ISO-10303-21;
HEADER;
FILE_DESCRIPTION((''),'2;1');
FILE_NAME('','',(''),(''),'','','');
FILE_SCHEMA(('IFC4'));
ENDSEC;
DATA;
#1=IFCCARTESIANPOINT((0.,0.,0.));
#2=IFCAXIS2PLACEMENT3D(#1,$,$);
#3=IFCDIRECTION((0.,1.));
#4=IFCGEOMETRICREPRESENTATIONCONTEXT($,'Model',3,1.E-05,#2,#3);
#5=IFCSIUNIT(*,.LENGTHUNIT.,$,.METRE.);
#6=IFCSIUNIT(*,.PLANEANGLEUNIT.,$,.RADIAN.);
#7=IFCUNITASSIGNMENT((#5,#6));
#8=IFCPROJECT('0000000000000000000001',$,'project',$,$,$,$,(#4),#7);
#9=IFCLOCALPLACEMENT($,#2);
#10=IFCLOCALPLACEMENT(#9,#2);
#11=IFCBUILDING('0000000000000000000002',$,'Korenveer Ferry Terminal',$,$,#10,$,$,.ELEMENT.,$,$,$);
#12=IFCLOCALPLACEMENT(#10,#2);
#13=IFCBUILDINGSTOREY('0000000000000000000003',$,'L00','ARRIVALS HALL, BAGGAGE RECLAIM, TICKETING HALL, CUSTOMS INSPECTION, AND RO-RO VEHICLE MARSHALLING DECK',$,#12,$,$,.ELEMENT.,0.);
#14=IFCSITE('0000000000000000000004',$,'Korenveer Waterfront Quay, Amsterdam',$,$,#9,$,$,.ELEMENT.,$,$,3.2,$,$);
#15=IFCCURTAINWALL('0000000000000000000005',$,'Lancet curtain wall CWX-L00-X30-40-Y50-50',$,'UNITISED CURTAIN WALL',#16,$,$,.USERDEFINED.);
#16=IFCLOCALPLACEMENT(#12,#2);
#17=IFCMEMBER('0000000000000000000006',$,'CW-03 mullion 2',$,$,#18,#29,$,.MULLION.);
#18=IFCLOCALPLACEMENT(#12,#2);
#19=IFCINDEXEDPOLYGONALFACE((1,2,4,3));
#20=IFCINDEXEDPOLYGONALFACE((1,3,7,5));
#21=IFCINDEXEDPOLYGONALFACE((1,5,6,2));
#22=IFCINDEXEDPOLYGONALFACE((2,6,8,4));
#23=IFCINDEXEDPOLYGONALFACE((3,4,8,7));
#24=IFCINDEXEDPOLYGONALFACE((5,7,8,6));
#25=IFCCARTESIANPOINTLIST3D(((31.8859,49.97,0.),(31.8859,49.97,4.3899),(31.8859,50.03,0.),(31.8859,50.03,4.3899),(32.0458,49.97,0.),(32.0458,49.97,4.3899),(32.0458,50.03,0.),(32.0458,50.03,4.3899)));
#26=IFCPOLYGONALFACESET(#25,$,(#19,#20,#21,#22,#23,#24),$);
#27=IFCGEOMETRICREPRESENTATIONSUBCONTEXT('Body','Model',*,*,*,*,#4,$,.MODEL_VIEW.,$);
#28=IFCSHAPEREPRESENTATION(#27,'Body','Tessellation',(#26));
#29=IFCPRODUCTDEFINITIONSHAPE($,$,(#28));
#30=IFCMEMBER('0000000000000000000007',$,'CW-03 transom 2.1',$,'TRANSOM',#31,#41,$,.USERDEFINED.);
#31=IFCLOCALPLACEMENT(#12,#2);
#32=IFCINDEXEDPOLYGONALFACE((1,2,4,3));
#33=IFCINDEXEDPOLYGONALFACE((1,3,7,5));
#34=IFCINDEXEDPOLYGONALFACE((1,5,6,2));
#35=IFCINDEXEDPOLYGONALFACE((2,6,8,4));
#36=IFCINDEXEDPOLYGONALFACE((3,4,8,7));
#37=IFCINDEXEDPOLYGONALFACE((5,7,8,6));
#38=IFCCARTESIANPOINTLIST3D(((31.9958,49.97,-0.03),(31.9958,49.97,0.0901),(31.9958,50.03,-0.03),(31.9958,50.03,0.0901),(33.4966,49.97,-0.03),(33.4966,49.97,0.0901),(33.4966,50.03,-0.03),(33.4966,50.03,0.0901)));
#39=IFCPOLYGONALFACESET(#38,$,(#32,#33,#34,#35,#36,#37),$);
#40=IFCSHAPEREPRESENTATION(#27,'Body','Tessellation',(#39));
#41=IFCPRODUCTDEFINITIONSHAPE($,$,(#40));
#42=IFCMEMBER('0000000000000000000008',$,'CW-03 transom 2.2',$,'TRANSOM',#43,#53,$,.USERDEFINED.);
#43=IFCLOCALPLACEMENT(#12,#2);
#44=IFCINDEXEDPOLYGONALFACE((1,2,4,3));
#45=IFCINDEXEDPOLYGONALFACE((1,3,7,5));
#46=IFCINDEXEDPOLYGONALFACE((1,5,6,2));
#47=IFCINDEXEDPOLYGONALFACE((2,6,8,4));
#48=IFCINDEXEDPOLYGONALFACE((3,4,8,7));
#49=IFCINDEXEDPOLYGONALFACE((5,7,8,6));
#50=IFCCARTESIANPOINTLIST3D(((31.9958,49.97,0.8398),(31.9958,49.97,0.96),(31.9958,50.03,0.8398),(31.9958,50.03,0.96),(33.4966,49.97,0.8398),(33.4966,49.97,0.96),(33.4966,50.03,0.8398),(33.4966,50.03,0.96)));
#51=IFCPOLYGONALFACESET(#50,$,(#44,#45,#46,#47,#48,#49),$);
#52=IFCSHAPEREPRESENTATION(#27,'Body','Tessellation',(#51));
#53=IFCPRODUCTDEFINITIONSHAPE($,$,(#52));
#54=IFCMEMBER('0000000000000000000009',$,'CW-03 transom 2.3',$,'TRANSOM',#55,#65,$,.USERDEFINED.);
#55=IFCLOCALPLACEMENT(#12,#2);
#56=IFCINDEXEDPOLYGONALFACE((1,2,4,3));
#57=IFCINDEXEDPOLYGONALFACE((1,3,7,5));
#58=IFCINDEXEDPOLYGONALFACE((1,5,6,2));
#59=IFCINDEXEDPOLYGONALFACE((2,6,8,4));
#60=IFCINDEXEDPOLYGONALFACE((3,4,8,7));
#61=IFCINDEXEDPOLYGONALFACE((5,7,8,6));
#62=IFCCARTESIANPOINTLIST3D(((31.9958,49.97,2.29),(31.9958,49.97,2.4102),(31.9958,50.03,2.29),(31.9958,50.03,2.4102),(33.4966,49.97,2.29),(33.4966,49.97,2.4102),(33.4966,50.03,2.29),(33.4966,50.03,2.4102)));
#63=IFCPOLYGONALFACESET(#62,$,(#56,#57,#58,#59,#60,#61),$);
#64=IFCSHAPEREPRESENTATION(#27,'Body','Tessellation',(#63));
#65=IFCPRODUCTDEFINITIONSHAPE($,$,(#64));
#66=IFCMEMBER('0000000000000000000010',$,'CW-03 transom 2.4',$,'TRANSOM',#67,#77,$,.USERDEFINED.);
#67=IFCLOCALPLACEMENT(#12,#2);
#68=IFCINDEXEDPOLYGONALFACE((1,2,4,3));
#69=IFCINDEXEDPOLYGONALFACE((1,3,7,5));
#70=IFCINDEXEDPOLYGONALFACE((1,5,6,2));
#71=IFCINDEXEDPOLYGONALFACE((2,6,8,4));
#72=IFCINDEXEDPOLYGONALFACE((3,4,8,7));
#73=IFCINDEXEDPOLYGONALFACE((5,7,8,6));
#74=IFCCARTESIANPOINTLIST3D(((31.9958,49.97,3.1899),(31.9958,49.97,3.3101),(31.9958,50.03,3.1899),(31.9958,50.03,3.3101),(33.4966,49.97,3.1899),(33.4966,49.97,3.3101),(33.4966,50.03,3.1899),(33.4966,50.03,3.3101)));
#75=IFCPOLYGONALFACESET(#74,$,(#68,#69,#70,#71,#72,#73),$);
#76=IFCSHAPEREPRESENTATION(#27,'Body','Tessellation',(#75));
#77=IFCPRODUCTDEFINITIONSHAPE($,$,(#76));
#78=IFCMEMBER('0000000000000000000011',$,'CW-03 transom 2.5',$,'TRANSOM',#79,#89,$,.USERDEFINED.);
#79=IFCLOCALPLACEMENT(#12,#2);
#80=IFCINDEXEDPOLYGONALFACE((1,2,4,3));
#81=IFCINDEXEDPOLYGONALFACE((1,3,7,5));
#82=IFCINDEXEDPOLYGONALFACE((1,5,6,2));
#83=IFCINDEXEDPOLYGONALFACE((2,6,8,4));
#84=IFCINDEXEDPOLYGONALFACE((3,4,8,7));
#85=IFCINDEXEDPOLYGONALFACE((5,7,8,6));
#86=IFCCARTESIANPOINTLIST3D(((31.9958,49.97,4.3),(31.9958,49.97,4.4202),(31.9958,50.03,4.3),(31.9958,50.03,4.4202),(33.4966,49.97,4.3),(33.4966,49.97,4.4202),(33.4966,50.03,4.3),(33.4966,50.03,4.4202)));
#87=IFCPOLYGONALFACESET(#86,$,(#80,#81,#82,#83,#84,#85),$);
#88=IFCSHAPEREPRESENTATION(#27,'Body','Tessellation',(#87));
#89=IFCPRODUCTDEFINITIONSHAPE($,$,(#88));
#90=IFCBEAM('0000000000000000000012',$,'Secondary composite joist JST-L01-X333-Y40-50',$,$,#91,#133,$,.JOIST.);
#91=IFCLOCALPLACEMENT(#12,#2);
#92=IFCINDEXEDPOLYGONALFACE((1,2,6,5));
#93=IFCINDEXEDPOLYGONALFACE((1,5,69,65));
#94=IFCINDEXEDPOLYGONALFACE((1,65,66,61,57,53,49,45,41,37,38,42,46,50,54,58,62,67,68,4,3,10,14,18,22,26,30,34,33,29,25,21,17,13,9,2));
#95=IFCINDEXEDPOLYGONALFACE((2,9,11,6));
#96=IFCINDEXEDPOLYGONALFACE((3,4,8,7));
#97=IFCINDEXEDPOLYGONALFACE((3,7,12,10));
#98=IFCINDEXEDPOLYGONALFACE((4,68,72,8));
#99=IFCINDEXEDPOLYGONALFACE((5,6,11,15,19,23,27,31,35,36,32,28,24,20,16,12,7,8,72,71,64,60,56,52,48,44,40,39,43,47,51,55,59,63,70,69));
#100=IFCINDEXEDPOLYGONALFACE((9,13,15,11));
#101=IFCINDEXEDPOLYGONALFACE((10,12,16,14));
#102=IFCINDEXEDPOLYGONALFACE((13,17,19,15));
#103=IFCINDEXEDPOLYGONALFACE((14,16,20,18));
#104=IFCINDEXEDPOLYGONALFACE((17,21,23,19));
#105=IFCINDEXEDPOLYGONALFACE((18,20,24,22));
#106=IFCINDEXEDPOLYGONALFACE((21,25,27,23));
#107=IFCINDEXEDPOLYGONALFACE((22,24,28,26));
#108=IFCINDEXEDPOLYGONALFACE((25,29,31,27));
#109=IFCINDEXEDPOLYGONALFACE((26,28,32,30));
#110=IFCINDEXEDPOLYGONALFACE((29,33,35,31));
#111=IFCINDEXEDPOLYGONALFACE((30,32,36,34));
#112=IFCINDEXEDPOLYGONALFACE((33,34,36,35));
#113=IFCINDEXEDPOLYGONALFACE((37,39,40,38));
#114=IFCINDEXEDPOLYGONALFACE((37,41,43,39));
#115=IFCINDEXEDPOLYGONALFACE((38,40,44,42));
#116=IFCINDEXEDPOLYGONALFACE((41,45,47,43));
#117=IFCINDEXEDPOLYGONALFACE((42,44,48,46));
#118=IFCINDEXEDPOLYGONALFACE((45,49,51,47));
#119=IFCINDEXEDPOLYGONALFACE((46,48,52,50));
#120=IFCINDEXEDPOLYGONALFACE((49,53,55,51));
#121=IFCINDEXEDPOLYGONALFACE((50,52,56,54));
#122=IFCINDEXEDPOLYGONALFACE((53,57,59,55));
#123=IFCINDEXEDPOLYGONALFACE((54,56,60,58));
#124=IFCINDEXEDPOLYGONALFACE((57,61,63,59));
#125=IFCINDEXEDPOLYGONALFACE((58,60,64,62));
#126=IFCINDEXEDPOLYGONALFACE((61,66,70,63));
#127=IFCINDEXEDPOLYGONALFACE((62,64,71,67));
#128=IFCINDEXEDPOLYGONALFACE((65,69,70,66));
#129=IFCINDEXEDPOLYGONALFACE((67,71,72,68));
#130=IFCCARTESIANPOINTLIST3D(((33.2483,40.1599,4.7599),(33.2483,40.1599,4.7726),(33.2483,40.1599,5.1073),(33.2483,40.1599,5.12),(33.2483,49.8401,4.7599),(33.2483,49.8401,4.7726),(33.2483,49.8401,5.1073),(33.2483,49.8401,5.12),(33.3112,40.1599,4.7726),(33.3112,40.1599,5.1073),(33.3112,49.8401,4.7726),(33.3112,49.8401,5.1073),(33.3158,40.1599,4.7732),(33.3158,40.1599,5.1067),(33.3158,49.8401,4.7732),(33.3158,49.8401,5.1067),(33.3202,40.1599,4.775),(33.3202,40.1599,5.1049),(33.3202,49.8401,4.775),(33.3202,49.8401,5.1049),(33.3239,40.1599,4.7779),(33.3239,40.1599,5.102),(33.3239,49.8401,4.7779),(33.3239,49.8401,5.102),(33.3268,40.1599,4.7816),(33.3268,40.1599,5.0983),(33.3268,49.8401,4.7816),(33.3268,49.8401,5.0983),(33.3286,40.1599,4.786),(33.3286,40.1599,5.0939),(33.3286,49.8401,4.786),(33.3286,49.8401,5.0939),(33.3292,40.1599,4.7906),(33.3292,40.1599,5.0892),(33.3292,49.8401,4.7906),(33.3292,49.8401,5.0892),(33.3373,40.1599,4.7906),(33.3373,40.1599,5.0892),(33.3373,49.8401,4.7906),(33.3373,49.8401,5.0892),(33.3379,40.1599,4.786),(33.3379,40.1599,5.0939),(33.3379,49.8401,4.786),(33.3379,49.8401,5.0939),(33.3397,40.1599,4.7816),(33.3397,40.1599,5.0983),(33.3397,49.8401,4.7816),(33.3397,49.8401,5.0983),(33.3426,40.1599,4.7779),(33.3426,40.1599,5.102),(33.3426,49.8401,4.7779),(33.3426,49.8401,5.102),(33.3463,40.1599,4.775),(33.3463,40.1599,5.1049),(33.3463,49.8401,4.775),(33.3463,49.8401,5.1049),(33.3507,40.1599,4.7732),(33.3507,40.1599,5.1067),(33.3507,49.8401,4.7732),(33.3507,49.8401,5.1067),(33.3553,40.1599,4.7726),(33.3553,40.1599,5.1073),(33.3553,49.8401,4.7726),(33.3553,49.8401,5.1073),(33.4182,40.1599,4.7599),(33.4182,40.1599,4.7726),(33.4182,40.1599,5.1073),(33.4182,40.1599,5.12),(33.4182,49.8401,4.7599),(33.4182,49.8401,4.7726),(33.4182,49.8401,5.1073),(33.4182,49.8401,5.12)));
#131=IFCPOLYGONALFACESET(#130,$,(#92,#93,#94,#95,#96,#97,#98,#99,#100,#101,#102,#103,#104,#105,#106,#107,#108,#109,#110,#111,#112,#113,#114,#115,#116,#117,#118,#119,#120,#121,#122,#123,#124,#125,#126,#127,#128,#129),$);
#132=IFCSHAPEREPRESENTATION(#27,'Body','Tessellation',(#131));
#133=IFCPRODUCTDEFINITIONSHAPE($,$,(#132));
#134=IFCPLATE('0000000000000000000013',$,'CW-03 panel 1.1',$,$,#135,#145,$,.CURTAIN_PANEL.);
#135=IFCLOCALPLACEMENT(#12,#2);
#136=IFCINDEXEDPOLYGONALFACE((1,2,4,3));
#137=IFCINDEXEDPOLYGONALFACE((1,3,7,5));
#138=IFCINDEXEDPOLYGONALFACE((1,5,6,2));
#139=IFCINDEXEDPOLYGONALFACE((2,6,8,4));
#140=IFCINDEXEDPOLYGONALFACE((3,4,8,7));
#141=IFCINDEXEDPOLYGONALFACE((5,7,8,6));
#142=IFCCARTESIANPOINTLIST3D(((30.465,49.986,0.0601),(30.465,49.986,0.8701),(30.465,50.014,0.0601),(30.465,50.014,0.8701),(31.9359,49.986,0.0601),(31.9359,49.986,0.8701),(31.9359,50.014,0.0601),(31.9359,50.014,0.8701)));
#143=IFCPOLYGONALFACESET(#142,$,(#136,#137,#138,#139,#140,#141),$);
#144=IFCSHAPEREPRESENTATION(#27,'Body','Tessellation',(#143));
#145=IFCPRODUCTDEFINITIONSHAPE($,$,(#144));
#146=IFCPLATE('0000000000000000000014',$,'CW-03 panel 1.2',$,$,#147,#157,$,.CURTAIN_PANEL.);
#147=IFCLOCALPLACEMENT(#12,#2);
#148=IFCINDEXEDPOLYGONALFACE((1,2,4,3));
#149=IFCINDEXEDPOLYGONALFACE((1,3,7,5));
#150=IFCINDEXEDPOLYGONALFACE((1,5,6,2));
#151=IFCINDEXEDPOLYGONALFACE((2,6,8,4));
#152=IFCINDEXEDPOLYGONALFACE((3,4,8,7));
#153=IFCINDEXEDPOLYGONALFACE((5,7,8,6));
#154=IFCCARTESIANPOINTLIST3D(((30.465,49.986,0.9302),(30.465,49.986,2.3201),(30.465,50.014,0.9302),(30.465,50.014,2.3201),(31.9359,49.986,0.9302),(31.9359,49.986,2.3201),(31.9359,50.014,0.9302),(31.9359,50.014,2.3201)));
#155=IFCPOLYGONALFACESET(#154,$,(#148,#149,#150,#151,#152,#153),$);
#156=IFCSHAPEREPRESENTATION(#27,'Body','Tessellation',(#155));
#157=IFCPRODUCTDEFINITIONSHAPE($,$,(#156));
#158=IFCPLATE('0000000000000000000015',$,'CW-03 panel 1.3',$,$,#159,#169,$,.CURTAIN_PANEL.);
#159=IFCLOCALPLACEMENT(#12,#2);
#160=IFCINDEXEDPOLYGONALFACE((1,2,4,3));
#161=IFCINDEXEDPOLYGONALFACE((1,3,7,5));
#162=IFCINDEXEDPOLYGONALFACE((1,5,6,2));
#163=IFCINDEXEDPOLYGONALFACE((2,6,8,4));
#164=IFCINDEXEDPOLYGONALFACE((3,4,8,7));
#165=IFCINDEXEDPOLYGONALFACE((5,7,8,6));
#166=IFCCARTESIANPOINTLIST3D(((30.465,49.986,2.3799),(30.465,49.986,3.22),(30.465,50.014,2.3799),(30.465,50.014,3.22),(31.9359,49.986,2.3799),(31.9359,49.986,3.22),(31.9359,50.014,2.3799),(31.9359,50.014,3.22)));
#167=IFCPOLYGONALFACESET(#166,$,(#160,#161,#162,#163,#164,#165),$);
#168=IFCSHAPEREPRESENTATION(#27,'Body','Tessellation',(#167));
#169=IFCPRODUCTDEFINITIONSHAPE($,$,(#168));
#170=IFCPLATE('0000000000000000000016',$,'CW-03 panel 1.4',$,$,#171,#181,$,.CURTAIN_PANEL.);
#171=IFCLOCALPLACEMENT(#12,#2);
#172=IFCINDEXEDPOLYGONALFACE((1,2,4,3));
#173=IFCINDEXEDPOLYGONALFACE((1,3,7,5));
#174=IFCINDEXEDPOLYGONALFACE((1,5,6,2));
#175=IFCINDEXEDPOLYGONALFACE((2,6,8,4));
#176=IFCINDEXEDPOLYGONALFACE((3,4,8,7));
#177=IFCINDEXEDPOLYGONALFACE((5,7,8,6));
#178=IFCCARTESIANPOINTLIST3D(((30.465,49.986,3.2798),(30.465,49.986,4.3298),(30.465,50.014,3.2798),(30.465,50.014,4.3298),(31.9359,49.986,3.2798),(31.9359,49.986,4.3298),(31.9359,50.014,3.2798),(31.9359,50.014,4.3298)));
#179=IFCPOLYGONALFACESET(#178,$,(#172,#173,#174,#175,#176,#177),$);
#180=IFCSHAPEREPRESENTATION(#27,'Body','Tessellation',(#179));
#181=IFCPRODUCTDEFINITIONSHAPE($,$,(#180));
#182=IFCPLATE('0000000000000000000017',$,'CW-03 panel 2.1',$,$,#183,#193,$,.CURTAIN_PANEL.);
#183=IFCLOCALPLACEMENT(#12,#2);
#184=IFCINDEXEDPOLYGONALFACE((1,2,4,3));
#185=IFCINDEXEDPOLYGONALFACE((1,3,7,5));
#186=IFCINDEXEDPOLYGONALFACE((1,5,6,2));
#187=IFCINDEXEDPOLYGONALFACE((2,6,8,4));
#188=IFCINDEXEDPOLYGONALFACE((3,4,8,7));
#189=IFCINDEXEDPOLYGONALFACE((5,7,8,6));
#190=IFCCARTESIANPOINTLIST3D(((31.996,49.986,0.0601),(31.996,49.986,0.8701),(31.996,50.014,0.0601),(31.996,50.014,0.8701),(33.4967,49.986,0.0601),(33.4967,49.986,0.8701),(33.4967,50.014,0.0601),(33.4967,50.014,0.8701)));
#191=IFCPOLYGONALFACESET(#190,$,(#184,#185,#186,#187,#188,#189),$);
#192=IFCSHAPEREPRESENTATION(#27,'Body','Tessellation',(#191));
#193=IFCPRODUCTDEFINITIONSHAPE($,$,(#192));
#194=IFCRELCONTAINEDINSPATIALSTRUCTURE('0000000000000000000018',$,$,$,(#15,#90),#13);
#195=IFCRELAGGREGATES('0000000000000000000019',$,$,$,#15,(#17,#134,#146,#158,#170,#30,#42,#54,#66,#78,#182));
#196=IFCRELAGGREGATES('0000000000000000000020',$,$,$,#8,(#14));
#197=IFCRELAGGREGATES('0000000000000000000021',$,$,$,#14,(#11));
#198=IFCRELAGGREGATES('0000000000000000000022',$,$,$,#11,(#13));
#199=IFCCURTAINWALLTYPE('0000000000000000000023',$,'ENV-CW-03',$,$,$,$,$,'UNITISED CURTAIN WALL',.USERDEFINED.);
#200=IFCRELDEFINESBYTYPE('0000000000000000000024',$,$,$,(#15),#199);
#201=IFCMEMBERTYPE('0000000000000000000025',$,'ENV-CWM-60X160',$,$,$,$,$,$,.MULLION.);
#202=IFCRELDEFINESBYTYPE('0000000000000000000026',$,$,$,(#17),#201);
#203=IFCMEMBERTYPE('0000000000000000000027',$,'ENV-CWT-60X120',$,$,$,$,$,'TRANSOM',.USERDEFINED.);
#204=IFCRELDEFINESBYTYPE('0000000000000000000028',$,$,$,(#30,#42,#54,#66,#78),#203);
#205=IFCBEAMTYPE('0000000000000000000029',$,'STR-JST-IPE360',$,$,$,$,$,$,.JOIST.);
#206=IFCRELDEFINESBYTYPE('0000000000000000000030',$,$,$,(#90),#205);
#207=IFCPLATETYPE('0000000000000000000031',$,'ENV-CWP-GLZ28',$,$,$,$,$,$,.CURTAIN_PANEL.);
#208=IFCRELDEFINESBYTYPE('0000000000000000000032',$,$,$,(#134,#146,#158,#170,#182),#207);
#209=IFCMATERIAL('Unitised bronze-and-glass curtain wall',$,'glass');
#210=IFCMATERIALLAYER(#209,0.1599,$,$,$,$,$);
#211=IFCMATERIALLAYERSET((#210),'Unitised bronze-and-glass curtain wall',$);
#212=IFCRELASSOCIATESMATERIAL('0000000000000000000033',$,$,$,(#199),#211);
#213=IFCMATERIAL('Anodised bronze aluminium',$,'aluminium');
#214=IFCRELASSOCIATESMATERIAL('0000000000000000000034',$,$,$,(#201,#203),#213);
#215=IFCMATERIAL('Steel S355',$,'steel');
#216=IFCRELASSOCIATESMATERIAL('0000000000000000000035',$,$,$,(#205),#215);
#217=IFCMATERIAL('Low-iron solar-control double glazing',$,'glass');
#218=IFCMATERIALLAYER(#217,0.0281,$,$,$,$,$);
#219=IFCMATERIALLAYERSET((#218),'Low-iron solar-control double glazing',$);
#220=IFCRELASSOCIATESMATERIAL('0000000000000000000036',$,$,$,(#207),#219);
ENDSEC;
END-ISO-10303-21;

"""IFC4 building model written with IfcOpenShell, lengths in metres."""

from ifc_helpers import new_model, si_unit, direction, frame, origin, origin_2d, place, context, subcontext, project, spatial, rectangle, i_section, extrude, material, layer, layer_set, material_profile, profile_set, type_object, element, aggregate, save


model = new_model("IFC4")

# Units and contexts
model_context = context("Model", 3, precision=1e-05, world=origin(), true_north=direction((0.0, 1.0)))
body_context = subcontext(model_context, "Body", "Model", "MODEL_VIEW")
ifc_project = project(units=[si_unit("LENGTHUNIT", "METRE"), si_unit("PLANEANGLEUNIT", "RADIAN")], contexts=[model_context])

# Site, building, storey
site_placement = place(None, origin())
site = spatial("IfcSite", under=ifc_project, at=site_placement, Name="Korenveer Waterfront Quay, Amsterdam", CompositionType="ELEMENT", RefElevation=3.2)
building_placement = place(site_placement, origin())
building = spatial("IfcBuilding", under=site, at=building_placement, Name="Korenveer Ferry Terminal", CompositionType="ELEMENT")
storey_placement = place(building_placement, origin())
storey = spatial("IfcBuildingStorey", under=building, at=storey_placement, Name="L00", Description="ARRIVALS HALL, BAGGAGE RECLAIM, TICKETING HALL, CUSTOMS INSPECTION, AND RO-RO VEHICLE MARSHALLING DECK", CompositionType="ELEMENT", Elevation=0.0)

# Curtain wall, members
ifc_material_1 = material(Name="Unitised bronze-and-glass curtain wall", Category="glass")
ifc_layer_1 = layer(ifc_material_1, 0.1599)
ifc_layer_set_1 = layer_set([ifc_layer_1], Name="Unitised bronze-and-glass curtain wall")
curtain_wall_type = type_object("IfcCurtainWallType", Name="ENV-CW-03", ElementType="UNITISED CURTAIN WALL", PredefinedType="USERDEFINED", material=ifc_layer_set_1)
curtain_wall_placement = place(storey_placement, frame((30.405, 50.0, 0.0)))
curtain_wall = element("IfcCurtainWall", 1, at=curtain_wall_placement, inside=storey, type_object=curtain_wall_type, Name="Lancet curtain wall CWX-L00-X30-40-Y50-50", ObjectType="UNITISED CURTAIN WALL", PredefinedType="USERDEFINED")
ifc_material_2 = material(Name="Anodised bronze aluminium", Category="aluminium")
ifc_material_profile_1 = material_profile(ifc_material_2, rectangle(XDim=0.0601, YDim=0.1599, at=origin_2d()), Name="ALU 60x160")
ifc_profile_set_1 = profile_set([ifc_material_profile_1], Name="Anodised bronze aluminium")
member_type_1 = type_object("IfcMemberType", Name="ENV-CWM-60X160", PredefinedType="MULLION", material=ifc_profile_set_1)
member_1_placement = place(storey_placement, frame((31.9658, 50.0, 0.0), z_axis=(0.0, 0.0, 1.0), x_axis=(0.0, 1.0, 0.0)))
member_1 = element("IfcMember", 2, at=member_1_placement, type_object=member_type_1, Name="CW-03 mullion 2", PredefinedType="MULLION", context=body_context, shape_type="SweptSolid", body=[
    extrude(rectangle(XDim=0.0601, YDim=0.1599, at=origin_2d()), origin(), (0.0, 0.0, 1.0), 4.3899),
])
ifc_material_profile_2 = material_profile(ifc_material_2, rectangle(XDim=0.0601, YDim=0.1201, at=origin_2d()), Name="ALU 60x120")
ifc_profile_set_2 = profile_set([ifc_material_profile_2], Name="Anodised bronze aluminium")
member_type_2 = type_object("IfcMemberType", Name="ENV-CWT-60X120", ElementType="TRANSOM", PredefinedType="USERDEFINED", material=ifc_profile_set_2)
member_2_placement = place(storey_placement, frame((31.9958, 50.0, 0.03), z_axis=(1.0, 0.0, 0.0), x_axis=(0.0, 1.0, 0.0)))
member_2 = element("IfcMember", 3, at=member_2_placement, type_object=member_type_2, Name="CW-03 transom 2.1", ObjectType="TRANSOM", PredefinedType="USERDEFINED", context=body_context, shape_type="SweptSolid", body=[
    extrude(rectangle(XDim=0.0601, YDim=0.1201, at=origin_2d()), origin(), (0.0, 0.0, 1.0), 1.5007),
])
member_3_placement = place(storey_placement, frame((31.9958, 50.0, 0.8999), z_axis=(1.0, 0.0, 0.0), x_axis=(0.0, 1.0, 0.0)))
member_3 = element("IfcMember", 4, at=member_3_placement, type_object=member_type_2, Name="CW-03 transom 2.2", ObjectType="TRANSOM", PredefinedType="USERDEFINED", context=body_context, shape_type="SweptSolid", body=[
    extrude(rectangle(XDim=0.0601, YDim=0.1201, at=origin_2d()), origin(), (0.0, 0.0, 1.0), 1.5007),
])
member_4_placement = place(storey_placement, frame((31.9958, 50.0, 2.3501), z_axis=(1.0, 0.0, 0.0), x_axis=(0.0, 1.0, 0.0)))
member_4 = element("IfcMember", 5, at=member_4_placement, type_object=member_type_2, Name="CW-03 transom 2.3", ObjectType="TRANSOM", PredefinedType="USERDEFINED", context=body_context, shape_type="SweptSolid", body=[
    extrude(rectangle(XDim=0.0601, YDim=0.1201, at=origin_2d()), origin(), (0.0, 0.0, 1.0), 1.5007),
])
member_5_placement = place(storey_placement, frame((31.9958, 50.0, 3.25), z_axis=(1.0, 0.0, 0.0), x_axis=(0.0, 1.0, 0.0)))
member_5 = element("IfcMember", 6, at=member_5_placement, type_object=member_type_2, Name="CW-03 transom 2.4", ObjectType="TRANSOM", PredefinedType="USERDEFINED", context=body_context, shape_type="SweptSolid", body=[
    extrude(rectangle(XDim=0.0601, YDim=0.1201, at=origin_2d()), origin(), (0.0, 0.0, 1.0), 1.5007),
])
member_6_placement = place(storey_placement, frame((31.9958, 50.0, 4.3601), z_axis=(1.0, 0.0, 0.0), x_axis=(0.0, 1.0, 0.0)))
member_6 = element("IfcMember", 7, at=member_6_placement, type_object=member_type_2, Name="CW-03 transom 2.5", ObjectType="TRANSOM", PredefinedType="USERDEFINED", context=body_context, shape_type="SweptSolid", body=[
    extrude(rectangle(XDim=0.0601, YDim=0.1201, at=origin_2d()), origin(), (0.0, 0.0, 1.0), 1.5007),
])

# Beam
ifc_material_3 = material(Name="Steel S355", Category="steel")
ifc_material_profile_3 = material_profile(ifc_material_3, i_section(OverallWidth=0.1699, OverallDepth=0.3601, WebThickness=0.0081, FlangeThickness=0.0127, FilletRadius=0.0181, at=origin_2d()), Name="IPE 360")
ifc_profile_set_3 = profile_set([ifc_material_profile_3], Name="Steel S355")
beam_type = type_object("IfcBeamType", Name="STR-JST-IPE360", PredefinedType="JOIST", material=ifc_profile_set_3)
beam_placement = place(storey_placement, frame((33.3333, 40.1599, 4.9399), z_axis=(0.0, 1.0, 0.0), x_axis=(-1.0, 0.0, 0.0)))
element("IfcBeam", 8, at=beam_placement, inside=storey, type_object=beam_type, Name="Secondary composite joist JST-L01-X333-Y40-50", PredefinedType="JOIST", context=body_context, shape_type="SweptSolid", body=[
    extrude(i_section(OverallWidth=0.1699, OverallDepth=0.3601, WebThickness=0.0081, FlangeThickness=0.0127, FilletRadius=0.0181, at=origin_2d()), origin(), (0.0, 0.0, 1.0), 9.6802),
])

# Plates
ifc_material_4 = material(Name="Low-iron solar-control double glazing", Category="glass")
ifc_layer_2 = layer(ifc_material_4, 0.0281)
ifc_layer_set_2 = layer_set([ifc_layer_2], Name="Low-iron solar-control double glazing")
plate_type = type_object("IfcPlateType", Name="ENV-CWP-GLZ28", PredefinedType="CURTAIN_PANEL", material=ifc_layer_set_2)
plate_1_placement = place(storey_placement, frame((31.2004, 50.0, 0.0601), z_axis=(0.0, 0.0, 1.0), x_axis=(1.0, 0.0, 0.0)))
plate_1 = element("IfcPlate", 9, at=plate_1_placement, type_object=plate_type, Name="CW-03 panel 1.1", PredefinedType="CURTAIN_PANEL", context=body_context, shape_type="SweptSolid", body=[
    extrude(rectangle(XDim=1.4709, YDim=0.0281, at=origin_2d()), origin(), (0.0, 0.0, 1.0), 0.8101),
])
plate_2_placement = place(storey_placement, frame((31.2004, 50.0, 0.9302), z_axis=(0.0, 0.0, 1.0), x_axis=(1.0, 0.0, 0.0)))
plate_2 = element("IfcPlate", 10, at=plate_2_placement, type_object=plate_type, Name="CW-03 panel 1.2", PredefinedType="CURTAIN_PANEL", context=body_context, shape_type="SweptSolid", body=[
    extrude(rectangle(XDim=1.4709, YDim=0.0281, at=origin_2d()), origin(), (0.0, 0.0, 1.0), 1.3899),
])
plate_3_placement = place(storey_placement, frame((31.2004, 50.0, 2.3799), z_axis=(0.0, 0.0, 1.0), x_axis=(1.0, 0.0, 0.0)))
plate_3 = element("IfcPlate", 11, at=plate_3_placement, type_object=plate_type, Name="CW-03 panel 1.3", PredefinedType="CURTAIN_PANEL", context=body_context, shape_type="SweptSolid", body=[
    extrude(rectangle(XDim=1.4709, YDim=0.0281, at=origin_2d()), origin(), (0.0, 0.0, 1.0), 0.8401),
])
plate_4_placement = place(storey_placement, frame((31.2004, 50.0, 3.2798), z_axis=(0.0, 0.0, 1.0), x_axis=(1.0, 0.0, 0.0)))
plate_4 = element("IfcPlate", 12, at=plate_4_placement, type_object=plate_type, Name="CW-03 panel 1.4", PredefinedType="CURTAIN_PANEL", context=body_context, shape_type="SweptSolid", body=[
    extrude(rectangle(XDim=1.4709, YDim=0.0281, at=origin_2d()), origin(), (0.0, 0.0, 1.0), 1.05),
])
plate_5_placement = place(storey_placement, frame((32.7463, 50.0, 0.0601), z_axis=(0.0, 0.0, 1.0), x_axis=(1.0, 0.0, 0.0)))
plate_5 = element("IfcPlate", 13, at=plate_5_placement, type_object=plate_type, Name="CW-03 panel 2.1", PredefinedType="CURTAIN_PANEL", context=body_context, shape_type="SweptSolid", body=[
    extrude(rectangle(XDim=1.5007, YDim=0.0281, at=origin_2d()), origin(), (0.0, 0.0, 1.0), 0.8101),
])
aggregate(curtain_wall, [member_1, plate_1, plate_2, plate_3, plate_4, member_2, member_3, member_4, member_5, member_6, plate_5])

save(model, "model.ifc")
